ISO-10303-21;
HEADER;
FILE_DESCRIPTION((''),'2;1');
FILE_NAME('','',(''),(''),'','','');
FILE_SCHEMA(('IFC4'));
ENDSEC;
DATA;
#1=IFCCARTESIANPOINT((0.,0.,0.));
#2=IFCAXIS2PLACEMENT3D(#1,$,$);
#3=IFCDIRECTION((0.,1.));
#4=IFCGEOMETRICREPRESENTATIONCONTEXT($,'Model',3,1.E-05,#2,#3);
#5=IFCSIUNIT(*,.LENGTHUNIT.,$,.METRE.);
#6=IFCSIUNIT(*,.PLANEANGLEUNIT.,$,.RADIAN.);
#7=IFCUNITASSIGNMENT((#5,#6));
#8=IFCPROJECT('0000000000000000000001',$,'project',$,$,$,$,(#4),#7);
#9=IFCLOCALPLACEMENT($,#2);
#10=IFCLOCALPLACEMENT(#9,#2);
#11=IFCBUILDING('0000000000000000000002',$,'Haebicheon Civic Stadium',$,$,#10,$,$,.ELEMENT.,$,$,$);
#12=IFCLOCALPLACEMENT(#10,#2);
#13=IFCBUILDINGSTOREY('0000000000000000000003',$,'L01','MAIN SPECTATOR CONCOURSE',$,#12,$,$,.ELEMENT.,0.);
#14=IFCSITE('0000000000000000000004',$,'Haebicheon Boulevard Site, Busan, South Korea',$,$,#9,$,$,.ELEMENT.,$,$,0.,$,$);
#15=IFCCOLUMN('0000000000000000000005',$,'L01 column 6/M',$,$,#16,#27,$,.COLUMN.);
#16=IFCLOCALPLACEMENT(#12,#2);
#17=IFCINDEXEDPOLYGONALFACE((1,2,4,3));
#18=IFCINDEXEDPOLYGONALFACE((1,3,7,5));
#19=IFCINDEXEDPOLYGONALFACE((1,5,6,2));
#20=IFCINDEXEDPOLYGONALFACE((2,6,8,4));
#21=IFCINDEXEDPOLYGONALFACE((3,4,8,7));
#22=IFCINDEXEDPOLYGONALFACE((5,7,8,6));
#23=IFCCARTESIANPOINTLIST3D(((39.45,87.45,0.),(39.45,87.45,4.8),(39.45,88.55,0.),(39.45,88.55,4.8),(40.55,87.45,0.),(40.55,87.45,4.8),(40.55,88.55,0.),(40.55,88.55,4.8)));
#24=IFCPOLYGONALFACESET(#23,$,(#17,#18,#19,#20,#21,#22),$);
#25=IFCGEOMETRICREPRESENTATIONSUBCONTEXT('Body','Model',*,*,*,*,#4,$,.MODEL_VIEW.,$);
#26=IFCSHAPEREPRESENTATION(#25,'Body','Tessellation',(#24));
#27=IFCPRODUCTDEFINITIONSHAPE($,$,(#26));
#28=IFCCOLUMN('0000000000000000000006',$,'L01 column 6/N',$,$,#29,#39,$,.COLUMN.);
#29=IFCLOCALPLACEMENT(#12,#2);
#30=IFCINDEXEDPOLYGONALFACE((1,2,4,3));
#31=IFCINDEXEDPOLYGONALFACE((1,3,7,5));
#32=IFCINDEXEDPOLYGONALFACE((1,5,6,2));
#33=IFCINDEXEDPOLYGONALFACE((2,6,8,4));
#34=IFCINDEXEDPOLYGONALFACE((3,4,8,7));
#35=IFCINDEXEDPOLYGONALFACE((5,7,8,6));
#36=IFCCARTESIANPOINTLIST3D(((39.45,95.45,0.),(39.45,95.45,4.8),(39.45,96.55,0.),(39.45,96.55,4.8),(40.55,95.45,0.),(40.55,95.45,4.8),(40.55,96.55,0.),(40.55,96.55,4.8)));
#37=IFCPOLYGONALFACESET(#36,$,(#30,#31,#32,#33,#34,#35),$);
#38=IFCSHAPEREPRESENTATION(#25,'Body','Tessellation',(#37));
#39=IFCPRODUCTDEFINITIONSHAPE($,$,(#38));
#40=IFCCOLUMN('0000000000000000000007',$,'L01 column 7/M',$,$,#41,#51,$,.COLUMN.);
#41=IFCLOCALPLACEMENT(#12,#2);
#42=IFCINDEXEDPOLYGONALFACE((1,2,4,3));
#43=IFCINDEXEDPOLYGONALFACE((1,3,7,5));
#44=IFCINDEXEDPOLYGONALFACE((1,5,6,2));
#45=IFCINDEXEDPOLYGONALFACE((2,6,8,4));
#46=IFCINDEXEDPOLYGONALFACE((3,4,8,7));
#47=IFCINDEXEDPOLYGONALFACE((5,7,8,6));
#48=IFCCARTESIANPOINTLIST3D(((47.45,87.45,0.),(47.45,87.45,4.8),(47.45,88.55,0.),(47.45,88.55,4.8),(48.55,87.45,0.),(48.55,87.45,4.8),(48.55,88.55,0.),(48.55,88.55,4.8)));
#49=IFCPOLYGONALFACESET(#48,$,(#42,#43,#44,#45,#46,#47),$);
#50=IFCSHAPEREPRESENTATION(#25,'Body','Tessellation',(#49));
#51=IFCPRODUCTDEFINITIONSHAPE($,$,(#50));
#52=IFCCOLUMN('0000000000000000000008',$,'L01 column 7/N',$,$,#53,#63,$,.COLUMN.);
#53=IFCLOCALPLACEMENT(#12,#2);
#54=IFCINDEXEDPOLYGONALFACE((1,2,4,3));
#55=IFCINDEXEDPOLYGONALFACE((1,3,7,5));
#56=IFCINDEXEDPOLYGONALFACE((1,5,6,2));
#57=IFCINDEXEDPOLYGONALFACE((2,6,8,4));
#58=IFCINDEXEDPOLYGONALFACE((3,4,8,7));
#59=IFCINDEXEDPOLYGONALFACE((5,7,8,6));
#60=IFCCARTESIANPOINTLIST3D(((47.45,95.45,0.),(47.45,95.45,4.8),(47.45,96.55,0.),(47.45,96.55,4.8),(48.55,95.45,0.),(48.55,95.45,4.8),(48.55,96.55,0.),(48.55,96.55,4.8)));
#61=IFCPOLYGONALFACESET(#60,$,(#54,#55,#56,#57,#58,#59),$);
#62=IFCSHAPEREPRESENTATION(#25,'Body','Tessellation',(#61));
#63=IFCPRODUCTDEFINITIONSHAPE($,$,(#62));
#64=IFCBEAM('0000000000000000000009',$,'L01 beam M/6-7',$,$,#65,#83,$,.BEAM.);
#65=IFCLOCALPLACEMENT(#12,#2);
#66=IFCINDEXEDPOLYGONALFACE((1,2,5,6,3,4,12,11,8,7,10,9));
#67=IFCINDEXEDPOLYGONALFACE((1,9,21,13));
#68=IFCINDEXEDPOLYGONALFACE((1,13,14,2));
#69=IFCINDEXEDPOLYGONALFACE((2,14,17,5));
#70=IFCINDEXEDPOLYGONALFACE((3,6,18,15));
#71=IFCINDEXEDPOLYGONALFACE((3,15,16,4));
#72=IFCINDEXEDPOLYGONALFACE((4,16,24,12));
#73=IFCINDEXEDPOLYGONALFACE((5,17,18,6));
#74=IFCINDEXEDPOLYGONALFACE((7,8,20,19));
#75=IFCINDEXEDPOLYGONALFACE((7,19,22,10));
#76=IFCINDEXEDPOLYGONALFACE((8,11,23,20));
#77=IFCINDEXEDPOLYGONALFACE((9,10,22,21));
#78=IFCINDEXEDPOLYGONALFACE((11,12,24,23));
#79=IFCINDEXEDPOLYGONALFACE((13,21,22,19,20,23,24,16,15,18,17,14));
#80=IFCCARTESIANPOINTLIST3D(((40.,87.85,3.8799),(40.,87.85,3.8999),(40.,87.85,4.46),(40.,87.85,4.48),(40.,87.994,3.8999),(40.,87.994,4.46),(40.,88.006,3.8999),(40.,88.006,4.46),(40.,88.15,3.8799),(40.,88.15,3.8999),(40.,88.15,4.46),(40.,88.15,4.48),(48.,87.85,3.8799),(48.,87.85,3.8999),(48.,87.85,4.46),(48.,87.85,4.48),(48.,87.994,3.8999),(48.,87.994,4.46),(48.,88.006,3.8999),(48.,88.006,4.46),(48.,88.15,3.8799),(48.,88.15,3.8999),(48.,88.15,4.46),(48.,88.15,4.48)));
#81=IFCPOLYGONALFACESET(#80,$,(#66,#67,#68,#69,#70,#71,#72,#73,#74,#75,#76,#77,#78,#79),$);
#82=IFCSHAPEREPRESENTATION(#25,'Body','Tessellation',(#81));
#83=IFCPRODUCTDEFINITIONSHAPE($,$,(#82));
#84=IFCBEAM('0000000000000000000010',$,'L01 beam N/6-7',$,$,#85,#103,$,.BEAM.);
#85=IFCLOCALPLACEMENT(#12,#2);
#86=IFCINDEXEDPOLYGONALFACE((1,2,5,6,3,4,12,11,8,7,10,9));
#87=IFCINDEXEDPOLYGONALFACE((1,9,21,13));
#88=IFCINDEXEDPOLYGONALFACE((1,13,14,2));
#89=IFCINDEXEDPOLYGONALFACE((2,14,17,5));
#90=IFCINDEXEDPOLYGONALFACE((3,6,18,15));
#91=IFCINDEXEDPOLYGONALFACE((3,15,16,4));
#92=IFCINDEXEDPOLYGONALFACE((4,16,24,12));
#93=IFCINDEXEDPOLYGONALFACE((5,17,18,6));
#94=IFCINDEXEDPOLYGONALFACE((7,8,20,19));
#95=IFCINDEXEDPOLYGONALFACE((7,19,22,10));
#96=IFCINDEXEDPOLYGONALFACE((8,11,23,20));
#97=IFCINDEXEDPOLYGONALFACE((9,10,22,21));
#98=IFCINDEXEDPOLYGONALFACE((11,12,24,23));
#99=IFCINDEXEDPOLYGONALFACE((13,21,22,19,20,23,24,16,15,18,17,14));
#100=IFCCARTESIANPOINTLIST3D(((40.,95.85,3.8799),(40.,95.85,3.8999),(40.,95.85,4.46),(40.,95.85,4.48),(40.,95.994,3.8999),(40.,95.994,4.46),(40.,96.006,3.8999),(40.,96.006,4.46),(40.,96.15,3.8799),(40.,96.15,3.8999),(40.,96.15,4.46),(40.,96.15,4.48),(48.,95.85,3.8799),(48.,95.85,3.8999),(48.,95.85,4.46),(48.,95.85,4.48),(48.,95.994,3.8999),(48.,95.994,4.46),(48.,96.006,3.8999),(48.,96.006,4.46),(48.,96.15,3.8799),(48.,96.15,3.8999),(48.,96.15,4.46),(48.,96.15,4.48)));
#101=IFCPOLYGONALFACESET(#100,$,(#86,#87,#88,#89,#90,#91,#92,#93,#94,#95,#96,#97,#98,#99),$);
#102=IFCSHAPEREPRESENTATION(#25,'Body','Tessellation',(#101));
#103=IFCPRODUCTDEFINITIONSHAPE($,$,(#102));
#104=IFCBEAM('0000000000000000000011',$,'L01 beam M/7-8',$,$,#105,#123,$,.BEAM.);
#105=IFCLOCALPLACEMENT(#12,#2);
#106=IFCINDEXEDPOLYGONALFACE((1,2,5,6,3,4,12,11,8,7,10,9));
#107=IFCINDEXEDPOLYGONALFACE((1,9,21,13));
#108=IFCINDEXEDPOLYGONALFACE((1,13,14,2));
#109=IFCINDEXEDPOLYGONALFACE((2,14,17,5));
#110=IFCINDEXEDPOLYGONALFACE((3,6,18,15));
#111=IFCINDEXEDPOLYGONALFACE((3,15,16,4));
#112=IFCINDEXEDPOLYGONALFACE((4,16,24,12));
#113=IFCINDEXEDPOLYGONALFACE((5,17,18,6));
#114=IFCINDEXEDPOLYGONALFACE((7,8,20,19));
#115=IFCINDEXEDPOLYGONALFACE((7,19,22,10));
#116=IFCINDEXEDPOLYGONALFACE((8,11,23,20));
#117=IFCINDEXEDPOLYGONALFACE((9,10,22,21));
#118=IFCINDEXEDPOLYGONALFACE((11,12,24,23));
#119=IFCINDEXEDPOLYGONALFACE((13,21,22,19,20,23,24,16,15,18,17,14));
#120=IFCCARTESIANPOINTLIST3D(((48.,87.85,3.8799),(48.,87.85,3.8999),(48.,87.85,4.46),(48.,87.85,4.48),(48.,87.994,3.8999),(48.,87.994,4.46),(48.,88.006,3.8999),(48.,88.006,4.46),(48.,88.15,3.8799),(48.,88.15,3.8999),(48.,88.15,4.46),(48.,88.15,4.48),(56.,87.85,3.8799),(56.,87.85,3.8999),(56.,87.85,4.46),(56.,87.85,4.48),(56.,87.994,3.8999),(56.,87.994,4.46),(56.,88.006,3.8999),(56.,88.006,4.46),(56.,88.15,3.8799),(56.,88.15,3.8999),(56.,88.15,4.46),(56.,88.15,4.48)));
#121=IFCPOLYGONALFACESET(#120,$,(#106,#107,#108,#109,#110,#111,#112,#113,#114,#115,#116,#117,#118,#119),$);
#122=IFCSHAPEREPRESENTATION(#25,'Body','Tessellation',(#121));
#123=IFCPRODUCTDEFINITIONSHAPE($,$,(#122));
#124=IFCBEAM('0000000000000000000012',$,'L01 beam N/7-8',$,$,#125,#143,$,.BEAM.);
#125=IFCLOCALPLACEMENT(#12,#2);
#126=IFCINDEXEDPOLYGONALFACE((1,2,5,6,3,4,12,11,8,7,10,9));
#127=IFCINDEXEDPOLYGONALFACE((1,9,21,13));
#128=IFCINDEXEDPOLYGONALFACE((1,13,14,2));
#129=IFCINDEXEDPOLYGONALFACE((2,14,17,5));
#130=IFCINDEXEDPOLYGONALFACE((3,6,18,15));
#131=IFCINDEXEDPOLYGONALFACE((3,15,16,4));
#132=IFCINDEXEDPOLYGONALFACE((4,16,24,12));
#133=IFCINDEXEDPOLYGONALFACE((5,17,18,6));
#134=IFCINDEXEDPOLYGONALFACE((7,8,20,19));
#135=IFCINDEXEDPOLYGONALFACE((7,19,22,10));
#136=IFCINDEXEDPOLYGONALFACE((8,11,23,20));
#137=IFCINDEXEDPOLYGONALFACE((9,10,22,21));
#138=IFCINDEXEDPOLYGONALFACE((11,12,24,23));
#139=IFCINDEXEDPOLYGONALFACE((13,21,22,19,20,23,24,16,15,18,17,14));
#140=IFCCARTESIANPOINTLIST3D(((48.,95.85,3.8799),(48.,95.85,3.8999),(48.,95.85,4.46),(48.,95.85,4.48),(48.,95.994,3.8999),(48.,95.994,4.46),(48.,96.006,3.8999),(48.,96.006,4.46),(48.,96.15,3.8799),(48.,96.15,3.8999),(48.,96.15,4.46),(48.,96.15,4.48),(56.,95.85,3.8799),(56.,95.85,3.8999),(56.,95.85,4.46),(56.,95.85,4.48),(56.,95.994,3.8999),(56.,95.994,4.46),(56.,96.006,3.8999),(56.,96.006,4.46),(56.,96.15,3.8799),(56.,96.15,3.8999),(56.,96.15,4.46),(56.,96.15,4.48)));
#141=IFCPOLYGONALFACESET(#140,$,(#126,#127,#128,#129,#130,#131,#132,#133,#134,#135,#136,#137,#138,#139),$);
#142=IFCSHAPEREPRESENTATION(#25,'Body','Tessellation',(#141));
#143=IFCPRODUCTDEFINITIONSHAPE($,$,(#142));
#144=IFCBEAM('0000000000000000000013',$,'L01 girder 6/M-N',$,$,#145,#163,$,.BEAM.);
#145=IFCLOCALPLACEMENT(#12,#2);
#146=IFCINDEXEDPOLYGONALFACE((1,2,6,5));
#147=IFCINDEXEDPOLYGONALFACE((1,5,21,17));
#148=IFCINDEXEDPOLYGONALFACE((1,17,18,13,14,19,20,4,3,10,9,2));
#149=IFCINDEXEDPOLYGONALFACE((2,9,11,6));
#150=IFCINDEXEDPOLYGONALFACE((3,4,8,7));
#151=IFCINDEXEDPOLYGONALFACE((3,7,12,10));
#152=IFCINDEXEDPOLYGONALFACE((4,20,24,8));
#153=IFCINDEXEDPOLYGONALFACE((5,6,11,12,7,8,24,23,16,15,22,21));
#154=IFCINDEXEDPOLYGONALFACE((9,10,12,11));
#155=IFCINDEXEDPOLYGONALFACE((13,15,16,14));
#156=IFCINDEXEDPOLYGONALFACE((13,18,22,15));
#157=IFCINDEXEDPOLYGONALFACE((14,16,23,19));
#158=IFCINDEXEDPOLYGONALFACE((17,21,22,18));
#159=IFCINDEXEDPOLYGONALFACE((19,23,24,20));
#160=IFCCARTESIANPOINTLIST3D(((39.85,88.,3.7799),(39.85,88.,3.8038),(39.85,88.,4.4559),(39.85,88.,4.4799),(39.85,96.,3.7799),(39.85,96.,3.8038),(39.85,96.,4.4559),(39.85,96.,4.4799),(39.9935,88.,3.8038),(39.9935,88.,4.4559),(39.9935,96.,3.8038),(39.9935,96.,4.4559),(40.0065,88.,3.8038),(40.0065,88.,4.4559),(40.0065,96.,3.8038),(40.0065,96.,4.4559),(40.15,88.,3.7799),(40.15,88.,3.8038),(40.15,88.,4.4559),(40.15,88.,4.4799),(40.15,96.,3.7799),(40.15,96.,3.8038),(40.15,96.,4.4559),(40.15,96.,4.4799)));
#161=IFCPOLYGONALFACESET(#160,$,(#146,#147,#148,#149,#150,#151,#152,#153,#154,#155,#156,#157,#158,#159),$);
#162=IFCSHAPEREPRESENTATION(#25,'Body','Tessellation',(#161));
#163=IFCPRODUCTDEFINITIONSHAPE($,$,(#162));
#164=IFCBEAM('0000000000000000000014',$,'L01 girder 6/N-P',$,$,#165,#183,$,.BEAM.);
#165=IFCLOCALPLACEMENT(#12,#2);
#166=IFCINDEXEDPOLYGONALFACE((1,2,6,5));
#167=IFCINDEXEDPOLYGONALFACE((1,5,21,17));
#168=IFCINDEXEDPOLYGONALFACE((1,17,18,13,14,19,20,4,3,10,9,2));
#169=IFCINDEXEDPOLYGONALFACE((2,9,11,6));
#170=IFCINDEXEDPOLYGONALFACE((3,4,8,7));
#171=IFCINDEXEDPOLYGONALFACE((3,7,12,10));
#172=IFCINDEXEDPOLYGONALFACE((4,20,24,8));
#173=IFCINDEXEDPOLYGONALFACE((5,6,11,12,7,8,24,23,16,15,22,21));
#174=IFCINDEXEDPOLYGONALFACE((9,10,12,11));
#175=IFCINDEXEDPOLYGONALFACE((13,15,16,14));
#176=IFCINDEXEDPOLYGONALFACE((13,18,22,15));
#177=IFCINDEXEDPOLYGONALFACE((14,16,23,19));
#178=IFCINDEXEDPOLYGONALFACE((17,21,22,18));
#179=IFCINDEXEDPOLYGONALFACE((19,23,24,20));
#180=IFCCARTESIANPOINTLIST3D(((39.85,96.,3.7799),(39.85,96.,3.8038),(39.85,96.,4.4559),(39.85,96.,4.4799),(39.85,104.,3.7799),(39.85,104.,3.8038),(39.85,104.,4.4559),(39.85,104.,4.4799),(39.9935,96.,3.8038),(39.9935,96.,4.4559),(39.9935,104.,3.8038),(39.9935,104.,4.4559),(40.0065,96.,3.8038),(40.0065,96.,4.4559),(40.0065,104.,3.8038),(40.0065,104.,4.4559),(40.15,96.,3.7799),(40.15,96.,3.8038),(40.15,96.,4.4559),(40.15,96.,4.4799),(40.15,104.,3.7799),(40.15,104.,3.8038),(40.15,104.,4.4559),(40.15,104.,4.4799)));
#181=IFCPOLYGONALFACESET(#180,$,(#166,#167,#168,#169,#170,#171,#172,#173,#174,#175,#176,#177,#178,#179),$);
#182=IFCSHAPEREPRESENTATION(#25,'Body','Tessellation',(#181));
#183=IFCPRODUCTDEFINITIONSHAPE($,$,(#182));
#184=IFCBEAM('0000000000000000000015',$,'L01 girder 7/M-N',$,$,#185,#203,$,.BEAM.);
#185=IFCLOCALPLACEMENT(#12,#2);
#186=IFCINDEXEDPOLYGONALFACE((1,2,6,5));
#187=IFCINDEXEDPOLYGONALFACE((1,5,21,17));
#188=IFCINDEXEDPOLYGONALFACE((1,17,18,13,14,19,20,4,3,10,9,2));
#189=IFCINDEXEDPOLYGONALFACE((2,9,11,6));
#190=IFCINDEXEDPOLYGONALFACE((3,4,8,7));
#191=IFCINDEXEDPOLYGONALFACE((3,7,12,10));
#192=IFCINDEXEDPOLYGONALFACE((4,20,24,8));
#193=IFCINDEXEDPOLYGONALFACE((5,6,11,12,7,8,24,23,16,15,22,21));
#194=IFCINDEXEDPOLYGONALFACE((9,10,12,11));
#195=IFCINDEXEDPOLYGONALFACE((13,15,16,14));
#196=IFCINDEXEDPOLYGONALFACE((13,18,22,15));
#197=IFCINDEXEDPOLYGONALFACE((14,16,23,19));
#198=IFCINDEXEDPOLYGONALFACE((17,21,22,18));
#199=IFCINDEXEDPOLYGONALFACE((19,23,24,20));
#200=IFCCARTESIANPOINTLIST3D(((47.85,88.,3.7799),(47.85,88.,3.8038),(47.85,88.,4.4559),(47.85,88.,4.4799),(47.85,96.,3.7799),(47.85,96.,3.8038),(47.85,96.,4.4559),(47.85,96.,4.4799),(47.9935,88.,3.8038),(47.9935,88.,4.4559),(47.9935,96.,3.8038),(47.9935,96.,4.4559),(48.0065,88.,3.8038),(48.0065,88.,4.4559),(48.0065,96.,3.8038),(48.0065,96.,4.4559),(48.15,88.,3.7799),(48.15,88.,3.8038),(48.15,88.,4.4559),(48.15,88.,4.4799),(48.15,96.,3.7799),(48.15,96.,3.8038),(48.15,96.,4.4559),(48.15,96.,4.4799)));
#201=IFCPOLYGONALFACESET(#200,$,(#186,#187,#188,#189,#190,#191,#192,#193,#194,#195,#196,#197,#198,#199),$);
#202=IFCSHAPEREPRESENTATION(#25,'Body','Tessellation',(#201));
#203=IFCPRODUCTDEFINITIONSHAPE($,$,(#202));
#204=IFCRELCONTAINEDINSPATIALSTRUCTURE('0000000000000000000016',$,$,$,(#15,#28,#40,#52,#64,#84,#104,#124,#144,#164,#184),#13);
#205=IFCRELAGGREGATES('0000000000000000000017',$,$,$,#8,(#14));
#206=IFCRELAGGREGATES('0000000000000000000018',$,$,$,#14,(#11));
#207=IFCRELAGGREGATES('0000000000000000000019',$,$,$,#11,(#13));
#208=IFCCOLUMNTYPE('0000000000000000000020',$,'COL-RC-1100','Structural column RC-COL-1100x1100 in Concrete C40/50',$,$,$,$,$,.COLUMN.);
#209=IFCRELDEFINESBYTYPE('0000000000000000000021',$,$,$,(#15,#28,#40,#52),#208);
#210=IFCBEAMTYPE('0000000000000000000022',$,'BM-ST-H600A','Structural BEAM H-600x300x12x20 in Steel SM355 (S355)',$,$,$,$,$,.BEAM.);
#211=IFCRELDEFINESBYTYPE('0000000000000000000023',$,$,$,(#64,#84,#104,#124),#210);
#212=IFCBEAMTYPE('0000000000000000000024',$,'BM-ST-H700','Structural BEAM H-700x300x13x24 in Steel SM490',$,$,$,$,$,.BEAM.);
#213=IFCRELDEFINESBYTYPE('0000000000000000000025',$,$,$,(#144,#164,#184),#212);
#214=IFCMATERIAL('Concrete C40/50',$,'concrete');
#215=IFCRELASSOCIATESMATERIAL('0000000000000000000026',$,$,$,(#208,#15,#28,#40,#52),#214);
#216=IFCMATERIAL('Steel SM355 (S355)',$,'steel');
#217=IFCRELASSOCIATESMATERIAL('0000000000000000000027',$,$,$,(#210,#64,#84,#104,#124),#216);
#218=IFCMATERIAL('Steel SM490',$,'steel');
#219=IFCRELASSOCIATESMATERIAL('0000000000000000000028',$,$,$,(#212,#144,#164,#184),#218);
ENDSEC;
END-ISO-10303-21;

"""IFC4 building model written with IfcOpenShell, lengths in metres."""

from ifc_helpers import new_model, si_unit, direction, frame, origin, origin_2d, place, context, subcontext, project, spatial, rectangle, i_section, extrude, material, material_profile, profile_set, type_object, element, save


model = new_model("IFC4")

# Units and contexts
model_context = context("Model", 3, precision=1e-05, world=origin(), true_north=direction((0.0, 1.0)))
body_context = subcontext(model_context, "Body", "Model", "MODEL_VIEW")
ifc_project = project(units=[si_unit("LENGTHUNIT", "METRE"), si_unit("PLANEANGLEUNIT", "RADIAN")], contexts=[model_context])

# Site, building, storey
site_placement = place(None, origin())
site = spatial("IfcSite", under=ifc_project, at=site_placement, Name="Haebicheon Boulevard Site, Busan, South Korea", CompositionType="ELEMENT", RefElevation=0.0)
building_placement = place(site_placement, origin())
building = spatial("IfcBuilding", under=site, at=building_placement, Name="Haebicheon Civic Stadium", CompositionType="ELEMENT")
storey_placement = place(building_placement, origin())
storey = spatial("IfcBuildingStorey", under=building, at=storey_placement, Name="L01", Description="MAIN SPECTATOR CONCOURSE", CompositionType="ELEMENT", Elevation=0.0)

# Columns
ifc_material_1 = material(Name="Concrete C40/50", Category="concrete")
ifc_material_profile_1 = material_profile(ifc_material_1, rectangle(XDim=1.1001, YDim=1.1001, at=origin_2d()), Name="RC-COL-1100x1100")
ifc_profile_set_1 = profile_set([ifc_material_profile_1], Name="Concrete C40/50")
column_type = type_object("IfcColumnType", Name="COL-RC-1100", Description="Structural column RC-COL-1100x1100 in Concrete C40/50", PredefinedType="COLUMN", material=ifc_profile_set_1)
for number, where, z_axis, x_axis, name in (
    (1, (40.0, 88.0, 0.0), (0.0, 0.0, 1.0), (1.0, 0.0, 0.0), "L01 column 6/M"),
    (2, (40.0, 96.0, 0.0), (0.0, 0.0, 1.0), (1.0, 0.0, 0.0), "L01 column 6/N"),
    (3, (48.0, 88.0, 0.0), (0.0, 0.0, 1.0), (1.0, 0.0, 0.0), "L01 column 7/M"),
    (4, (48.0, 96.0, 0.0), (0.0, 0.0, 1.0), (1.0, 0.0, 0.0), "L01 column 7/N"),
):
    element("IfcColumn", number, at=place(storey_placement, frame(where, z_axis=z_axis, x_axis=x_axis)), inside=storey, type_object=column_type, material=ifc_profile_set_1, Name=name, PredefinedType="COLUMN", context=body_context, shape_type="SweptSolid", body=[
        extrude(rectangle(XDim=1.1001, YDim=1.1001, at=origin_2d()), origin(), (0.0, 0.0, 1.0), 4.8),
    ])

# Beams
ifc_material_2 = material(Name="Steel SM355 (S355)", Category="steel")
ifc_material_profile_2 = material_profile(ifc_material_2, i_section(OverallWidth=0.3, OverallDepth=0.6001, WebThickness=0.012, FlangeThickness=0.02, at=origin_2d()), Name="H-600x300x12x20")
ifc_profile_set_2 = profile_set([ifc_material_profile_2], Name="Steel SM355 (S355)")
beam_type_1 = type_object("IfcBeamType", Name="BM-ST-H600A", Description="Structural BEAM H-600x300x12x20 in Steel SM355 (S355)", PredefinedType="BEAM", material=ifc_profile_set_2)
for number, where, z_axis, x_axis, name in (
    (5, (40.0, 88.0, 4.1799), (1.0, 0.0, 0.0), (0.0, 1.0, 0.0), "L01 beam M/6-7"),
    (6, (40.0, 96.0, 4.1799), (1.0, 0.0, 0.0), (0.0, 1.0, 0.0), "L01 beam N/6-7"),
    (7, (48.0, 88.0, 4.1799), (1.0, 0.0, 0.0), (0.0, 1.0, 0.0), "L01 beam M/7-8"),
    (8, (48.0, 96.0, 4.1799), (1.0, 0.0, 0.0), (0.0, 1.0, 0.0), "L01 beam N/7-8"),
):
    element("IfcBeam", number, at=place(storey_placement, frame(where, z_axis=z_axis, x_axis=x_axis)), inside=storey, type_object=beam_type_1, material=ifc_profile_set_2, Name=name, PredefinedType="BEAM", context=body_context, shape_type="SweptSolid", body=[
        extrude(i_section(OverallWidth=0.3, OverallDepth=0.6001, WebThickness=0.012, FlangeThickness=0.02, at=origin_2d()), origin(), (0.0, 0.0, 1.0), 8.0),
    ])
ifc_material_3 = material(Name="Steel SM490", Category="steel")
ifc_material_profile_3 = material_profile(ifc_material_3, i_section(OverallWidth=0.3, OverallDepth=0.7, WebThickness=0.0129, FlangeThickness=0.0239, at=origin_2d()), Name="H-700x300x13x24")
ifc_profile_set_3 = profile_set([ifc_material_profile_3], Name="Steel SM490")
beam_type_2 = type_object("IfcBeamType", Name="BM-ST-H700", Description="Structural BEAM H-700x300x13x24 in Steel SM490", PredefinedType="BEAM", material=ifc_profile_set_3)
for number, where, z_axis, x_axis, name in (
    (9, (40.0, 88.0, 4.1299), (0.0, 1.0, 0.0), (-1.0, 0.0, 0.0), "L01 girder 6/M-N"),
    (10, (40.0, 96.0, 4.1299), (0.0, 1.0, 0.0), (-1.0, 0.0, 0.0), "L01 girder 6/N-P"),
    (11, (48.0, 88.0, 4.1299), (0.0, 1.0, 0.0), (-1.0, 0.0, 0.0), "L01 girder 7/M-N"),
):
    element("IfcBeam", number, at=place(storey_placement, frame(where, z_axis=z_axis, x_axis=x_axis)), inside=storey, type_object=beam_type_2, material=ifc_profile_set_3, Name=name, PredefinedType="BEAM", context=body_context, shape_type="SweptSolid", body=[
        extrude(i_section(OverallWidth=0.3, OverallDepth=0.7, WebThickness=0.0129, FlangeThickness=0.0239, at=origin_2d()), origin(), (0.0, 0.0, 1.0), 8.0),
    ])

save(model, "model.ifc")
